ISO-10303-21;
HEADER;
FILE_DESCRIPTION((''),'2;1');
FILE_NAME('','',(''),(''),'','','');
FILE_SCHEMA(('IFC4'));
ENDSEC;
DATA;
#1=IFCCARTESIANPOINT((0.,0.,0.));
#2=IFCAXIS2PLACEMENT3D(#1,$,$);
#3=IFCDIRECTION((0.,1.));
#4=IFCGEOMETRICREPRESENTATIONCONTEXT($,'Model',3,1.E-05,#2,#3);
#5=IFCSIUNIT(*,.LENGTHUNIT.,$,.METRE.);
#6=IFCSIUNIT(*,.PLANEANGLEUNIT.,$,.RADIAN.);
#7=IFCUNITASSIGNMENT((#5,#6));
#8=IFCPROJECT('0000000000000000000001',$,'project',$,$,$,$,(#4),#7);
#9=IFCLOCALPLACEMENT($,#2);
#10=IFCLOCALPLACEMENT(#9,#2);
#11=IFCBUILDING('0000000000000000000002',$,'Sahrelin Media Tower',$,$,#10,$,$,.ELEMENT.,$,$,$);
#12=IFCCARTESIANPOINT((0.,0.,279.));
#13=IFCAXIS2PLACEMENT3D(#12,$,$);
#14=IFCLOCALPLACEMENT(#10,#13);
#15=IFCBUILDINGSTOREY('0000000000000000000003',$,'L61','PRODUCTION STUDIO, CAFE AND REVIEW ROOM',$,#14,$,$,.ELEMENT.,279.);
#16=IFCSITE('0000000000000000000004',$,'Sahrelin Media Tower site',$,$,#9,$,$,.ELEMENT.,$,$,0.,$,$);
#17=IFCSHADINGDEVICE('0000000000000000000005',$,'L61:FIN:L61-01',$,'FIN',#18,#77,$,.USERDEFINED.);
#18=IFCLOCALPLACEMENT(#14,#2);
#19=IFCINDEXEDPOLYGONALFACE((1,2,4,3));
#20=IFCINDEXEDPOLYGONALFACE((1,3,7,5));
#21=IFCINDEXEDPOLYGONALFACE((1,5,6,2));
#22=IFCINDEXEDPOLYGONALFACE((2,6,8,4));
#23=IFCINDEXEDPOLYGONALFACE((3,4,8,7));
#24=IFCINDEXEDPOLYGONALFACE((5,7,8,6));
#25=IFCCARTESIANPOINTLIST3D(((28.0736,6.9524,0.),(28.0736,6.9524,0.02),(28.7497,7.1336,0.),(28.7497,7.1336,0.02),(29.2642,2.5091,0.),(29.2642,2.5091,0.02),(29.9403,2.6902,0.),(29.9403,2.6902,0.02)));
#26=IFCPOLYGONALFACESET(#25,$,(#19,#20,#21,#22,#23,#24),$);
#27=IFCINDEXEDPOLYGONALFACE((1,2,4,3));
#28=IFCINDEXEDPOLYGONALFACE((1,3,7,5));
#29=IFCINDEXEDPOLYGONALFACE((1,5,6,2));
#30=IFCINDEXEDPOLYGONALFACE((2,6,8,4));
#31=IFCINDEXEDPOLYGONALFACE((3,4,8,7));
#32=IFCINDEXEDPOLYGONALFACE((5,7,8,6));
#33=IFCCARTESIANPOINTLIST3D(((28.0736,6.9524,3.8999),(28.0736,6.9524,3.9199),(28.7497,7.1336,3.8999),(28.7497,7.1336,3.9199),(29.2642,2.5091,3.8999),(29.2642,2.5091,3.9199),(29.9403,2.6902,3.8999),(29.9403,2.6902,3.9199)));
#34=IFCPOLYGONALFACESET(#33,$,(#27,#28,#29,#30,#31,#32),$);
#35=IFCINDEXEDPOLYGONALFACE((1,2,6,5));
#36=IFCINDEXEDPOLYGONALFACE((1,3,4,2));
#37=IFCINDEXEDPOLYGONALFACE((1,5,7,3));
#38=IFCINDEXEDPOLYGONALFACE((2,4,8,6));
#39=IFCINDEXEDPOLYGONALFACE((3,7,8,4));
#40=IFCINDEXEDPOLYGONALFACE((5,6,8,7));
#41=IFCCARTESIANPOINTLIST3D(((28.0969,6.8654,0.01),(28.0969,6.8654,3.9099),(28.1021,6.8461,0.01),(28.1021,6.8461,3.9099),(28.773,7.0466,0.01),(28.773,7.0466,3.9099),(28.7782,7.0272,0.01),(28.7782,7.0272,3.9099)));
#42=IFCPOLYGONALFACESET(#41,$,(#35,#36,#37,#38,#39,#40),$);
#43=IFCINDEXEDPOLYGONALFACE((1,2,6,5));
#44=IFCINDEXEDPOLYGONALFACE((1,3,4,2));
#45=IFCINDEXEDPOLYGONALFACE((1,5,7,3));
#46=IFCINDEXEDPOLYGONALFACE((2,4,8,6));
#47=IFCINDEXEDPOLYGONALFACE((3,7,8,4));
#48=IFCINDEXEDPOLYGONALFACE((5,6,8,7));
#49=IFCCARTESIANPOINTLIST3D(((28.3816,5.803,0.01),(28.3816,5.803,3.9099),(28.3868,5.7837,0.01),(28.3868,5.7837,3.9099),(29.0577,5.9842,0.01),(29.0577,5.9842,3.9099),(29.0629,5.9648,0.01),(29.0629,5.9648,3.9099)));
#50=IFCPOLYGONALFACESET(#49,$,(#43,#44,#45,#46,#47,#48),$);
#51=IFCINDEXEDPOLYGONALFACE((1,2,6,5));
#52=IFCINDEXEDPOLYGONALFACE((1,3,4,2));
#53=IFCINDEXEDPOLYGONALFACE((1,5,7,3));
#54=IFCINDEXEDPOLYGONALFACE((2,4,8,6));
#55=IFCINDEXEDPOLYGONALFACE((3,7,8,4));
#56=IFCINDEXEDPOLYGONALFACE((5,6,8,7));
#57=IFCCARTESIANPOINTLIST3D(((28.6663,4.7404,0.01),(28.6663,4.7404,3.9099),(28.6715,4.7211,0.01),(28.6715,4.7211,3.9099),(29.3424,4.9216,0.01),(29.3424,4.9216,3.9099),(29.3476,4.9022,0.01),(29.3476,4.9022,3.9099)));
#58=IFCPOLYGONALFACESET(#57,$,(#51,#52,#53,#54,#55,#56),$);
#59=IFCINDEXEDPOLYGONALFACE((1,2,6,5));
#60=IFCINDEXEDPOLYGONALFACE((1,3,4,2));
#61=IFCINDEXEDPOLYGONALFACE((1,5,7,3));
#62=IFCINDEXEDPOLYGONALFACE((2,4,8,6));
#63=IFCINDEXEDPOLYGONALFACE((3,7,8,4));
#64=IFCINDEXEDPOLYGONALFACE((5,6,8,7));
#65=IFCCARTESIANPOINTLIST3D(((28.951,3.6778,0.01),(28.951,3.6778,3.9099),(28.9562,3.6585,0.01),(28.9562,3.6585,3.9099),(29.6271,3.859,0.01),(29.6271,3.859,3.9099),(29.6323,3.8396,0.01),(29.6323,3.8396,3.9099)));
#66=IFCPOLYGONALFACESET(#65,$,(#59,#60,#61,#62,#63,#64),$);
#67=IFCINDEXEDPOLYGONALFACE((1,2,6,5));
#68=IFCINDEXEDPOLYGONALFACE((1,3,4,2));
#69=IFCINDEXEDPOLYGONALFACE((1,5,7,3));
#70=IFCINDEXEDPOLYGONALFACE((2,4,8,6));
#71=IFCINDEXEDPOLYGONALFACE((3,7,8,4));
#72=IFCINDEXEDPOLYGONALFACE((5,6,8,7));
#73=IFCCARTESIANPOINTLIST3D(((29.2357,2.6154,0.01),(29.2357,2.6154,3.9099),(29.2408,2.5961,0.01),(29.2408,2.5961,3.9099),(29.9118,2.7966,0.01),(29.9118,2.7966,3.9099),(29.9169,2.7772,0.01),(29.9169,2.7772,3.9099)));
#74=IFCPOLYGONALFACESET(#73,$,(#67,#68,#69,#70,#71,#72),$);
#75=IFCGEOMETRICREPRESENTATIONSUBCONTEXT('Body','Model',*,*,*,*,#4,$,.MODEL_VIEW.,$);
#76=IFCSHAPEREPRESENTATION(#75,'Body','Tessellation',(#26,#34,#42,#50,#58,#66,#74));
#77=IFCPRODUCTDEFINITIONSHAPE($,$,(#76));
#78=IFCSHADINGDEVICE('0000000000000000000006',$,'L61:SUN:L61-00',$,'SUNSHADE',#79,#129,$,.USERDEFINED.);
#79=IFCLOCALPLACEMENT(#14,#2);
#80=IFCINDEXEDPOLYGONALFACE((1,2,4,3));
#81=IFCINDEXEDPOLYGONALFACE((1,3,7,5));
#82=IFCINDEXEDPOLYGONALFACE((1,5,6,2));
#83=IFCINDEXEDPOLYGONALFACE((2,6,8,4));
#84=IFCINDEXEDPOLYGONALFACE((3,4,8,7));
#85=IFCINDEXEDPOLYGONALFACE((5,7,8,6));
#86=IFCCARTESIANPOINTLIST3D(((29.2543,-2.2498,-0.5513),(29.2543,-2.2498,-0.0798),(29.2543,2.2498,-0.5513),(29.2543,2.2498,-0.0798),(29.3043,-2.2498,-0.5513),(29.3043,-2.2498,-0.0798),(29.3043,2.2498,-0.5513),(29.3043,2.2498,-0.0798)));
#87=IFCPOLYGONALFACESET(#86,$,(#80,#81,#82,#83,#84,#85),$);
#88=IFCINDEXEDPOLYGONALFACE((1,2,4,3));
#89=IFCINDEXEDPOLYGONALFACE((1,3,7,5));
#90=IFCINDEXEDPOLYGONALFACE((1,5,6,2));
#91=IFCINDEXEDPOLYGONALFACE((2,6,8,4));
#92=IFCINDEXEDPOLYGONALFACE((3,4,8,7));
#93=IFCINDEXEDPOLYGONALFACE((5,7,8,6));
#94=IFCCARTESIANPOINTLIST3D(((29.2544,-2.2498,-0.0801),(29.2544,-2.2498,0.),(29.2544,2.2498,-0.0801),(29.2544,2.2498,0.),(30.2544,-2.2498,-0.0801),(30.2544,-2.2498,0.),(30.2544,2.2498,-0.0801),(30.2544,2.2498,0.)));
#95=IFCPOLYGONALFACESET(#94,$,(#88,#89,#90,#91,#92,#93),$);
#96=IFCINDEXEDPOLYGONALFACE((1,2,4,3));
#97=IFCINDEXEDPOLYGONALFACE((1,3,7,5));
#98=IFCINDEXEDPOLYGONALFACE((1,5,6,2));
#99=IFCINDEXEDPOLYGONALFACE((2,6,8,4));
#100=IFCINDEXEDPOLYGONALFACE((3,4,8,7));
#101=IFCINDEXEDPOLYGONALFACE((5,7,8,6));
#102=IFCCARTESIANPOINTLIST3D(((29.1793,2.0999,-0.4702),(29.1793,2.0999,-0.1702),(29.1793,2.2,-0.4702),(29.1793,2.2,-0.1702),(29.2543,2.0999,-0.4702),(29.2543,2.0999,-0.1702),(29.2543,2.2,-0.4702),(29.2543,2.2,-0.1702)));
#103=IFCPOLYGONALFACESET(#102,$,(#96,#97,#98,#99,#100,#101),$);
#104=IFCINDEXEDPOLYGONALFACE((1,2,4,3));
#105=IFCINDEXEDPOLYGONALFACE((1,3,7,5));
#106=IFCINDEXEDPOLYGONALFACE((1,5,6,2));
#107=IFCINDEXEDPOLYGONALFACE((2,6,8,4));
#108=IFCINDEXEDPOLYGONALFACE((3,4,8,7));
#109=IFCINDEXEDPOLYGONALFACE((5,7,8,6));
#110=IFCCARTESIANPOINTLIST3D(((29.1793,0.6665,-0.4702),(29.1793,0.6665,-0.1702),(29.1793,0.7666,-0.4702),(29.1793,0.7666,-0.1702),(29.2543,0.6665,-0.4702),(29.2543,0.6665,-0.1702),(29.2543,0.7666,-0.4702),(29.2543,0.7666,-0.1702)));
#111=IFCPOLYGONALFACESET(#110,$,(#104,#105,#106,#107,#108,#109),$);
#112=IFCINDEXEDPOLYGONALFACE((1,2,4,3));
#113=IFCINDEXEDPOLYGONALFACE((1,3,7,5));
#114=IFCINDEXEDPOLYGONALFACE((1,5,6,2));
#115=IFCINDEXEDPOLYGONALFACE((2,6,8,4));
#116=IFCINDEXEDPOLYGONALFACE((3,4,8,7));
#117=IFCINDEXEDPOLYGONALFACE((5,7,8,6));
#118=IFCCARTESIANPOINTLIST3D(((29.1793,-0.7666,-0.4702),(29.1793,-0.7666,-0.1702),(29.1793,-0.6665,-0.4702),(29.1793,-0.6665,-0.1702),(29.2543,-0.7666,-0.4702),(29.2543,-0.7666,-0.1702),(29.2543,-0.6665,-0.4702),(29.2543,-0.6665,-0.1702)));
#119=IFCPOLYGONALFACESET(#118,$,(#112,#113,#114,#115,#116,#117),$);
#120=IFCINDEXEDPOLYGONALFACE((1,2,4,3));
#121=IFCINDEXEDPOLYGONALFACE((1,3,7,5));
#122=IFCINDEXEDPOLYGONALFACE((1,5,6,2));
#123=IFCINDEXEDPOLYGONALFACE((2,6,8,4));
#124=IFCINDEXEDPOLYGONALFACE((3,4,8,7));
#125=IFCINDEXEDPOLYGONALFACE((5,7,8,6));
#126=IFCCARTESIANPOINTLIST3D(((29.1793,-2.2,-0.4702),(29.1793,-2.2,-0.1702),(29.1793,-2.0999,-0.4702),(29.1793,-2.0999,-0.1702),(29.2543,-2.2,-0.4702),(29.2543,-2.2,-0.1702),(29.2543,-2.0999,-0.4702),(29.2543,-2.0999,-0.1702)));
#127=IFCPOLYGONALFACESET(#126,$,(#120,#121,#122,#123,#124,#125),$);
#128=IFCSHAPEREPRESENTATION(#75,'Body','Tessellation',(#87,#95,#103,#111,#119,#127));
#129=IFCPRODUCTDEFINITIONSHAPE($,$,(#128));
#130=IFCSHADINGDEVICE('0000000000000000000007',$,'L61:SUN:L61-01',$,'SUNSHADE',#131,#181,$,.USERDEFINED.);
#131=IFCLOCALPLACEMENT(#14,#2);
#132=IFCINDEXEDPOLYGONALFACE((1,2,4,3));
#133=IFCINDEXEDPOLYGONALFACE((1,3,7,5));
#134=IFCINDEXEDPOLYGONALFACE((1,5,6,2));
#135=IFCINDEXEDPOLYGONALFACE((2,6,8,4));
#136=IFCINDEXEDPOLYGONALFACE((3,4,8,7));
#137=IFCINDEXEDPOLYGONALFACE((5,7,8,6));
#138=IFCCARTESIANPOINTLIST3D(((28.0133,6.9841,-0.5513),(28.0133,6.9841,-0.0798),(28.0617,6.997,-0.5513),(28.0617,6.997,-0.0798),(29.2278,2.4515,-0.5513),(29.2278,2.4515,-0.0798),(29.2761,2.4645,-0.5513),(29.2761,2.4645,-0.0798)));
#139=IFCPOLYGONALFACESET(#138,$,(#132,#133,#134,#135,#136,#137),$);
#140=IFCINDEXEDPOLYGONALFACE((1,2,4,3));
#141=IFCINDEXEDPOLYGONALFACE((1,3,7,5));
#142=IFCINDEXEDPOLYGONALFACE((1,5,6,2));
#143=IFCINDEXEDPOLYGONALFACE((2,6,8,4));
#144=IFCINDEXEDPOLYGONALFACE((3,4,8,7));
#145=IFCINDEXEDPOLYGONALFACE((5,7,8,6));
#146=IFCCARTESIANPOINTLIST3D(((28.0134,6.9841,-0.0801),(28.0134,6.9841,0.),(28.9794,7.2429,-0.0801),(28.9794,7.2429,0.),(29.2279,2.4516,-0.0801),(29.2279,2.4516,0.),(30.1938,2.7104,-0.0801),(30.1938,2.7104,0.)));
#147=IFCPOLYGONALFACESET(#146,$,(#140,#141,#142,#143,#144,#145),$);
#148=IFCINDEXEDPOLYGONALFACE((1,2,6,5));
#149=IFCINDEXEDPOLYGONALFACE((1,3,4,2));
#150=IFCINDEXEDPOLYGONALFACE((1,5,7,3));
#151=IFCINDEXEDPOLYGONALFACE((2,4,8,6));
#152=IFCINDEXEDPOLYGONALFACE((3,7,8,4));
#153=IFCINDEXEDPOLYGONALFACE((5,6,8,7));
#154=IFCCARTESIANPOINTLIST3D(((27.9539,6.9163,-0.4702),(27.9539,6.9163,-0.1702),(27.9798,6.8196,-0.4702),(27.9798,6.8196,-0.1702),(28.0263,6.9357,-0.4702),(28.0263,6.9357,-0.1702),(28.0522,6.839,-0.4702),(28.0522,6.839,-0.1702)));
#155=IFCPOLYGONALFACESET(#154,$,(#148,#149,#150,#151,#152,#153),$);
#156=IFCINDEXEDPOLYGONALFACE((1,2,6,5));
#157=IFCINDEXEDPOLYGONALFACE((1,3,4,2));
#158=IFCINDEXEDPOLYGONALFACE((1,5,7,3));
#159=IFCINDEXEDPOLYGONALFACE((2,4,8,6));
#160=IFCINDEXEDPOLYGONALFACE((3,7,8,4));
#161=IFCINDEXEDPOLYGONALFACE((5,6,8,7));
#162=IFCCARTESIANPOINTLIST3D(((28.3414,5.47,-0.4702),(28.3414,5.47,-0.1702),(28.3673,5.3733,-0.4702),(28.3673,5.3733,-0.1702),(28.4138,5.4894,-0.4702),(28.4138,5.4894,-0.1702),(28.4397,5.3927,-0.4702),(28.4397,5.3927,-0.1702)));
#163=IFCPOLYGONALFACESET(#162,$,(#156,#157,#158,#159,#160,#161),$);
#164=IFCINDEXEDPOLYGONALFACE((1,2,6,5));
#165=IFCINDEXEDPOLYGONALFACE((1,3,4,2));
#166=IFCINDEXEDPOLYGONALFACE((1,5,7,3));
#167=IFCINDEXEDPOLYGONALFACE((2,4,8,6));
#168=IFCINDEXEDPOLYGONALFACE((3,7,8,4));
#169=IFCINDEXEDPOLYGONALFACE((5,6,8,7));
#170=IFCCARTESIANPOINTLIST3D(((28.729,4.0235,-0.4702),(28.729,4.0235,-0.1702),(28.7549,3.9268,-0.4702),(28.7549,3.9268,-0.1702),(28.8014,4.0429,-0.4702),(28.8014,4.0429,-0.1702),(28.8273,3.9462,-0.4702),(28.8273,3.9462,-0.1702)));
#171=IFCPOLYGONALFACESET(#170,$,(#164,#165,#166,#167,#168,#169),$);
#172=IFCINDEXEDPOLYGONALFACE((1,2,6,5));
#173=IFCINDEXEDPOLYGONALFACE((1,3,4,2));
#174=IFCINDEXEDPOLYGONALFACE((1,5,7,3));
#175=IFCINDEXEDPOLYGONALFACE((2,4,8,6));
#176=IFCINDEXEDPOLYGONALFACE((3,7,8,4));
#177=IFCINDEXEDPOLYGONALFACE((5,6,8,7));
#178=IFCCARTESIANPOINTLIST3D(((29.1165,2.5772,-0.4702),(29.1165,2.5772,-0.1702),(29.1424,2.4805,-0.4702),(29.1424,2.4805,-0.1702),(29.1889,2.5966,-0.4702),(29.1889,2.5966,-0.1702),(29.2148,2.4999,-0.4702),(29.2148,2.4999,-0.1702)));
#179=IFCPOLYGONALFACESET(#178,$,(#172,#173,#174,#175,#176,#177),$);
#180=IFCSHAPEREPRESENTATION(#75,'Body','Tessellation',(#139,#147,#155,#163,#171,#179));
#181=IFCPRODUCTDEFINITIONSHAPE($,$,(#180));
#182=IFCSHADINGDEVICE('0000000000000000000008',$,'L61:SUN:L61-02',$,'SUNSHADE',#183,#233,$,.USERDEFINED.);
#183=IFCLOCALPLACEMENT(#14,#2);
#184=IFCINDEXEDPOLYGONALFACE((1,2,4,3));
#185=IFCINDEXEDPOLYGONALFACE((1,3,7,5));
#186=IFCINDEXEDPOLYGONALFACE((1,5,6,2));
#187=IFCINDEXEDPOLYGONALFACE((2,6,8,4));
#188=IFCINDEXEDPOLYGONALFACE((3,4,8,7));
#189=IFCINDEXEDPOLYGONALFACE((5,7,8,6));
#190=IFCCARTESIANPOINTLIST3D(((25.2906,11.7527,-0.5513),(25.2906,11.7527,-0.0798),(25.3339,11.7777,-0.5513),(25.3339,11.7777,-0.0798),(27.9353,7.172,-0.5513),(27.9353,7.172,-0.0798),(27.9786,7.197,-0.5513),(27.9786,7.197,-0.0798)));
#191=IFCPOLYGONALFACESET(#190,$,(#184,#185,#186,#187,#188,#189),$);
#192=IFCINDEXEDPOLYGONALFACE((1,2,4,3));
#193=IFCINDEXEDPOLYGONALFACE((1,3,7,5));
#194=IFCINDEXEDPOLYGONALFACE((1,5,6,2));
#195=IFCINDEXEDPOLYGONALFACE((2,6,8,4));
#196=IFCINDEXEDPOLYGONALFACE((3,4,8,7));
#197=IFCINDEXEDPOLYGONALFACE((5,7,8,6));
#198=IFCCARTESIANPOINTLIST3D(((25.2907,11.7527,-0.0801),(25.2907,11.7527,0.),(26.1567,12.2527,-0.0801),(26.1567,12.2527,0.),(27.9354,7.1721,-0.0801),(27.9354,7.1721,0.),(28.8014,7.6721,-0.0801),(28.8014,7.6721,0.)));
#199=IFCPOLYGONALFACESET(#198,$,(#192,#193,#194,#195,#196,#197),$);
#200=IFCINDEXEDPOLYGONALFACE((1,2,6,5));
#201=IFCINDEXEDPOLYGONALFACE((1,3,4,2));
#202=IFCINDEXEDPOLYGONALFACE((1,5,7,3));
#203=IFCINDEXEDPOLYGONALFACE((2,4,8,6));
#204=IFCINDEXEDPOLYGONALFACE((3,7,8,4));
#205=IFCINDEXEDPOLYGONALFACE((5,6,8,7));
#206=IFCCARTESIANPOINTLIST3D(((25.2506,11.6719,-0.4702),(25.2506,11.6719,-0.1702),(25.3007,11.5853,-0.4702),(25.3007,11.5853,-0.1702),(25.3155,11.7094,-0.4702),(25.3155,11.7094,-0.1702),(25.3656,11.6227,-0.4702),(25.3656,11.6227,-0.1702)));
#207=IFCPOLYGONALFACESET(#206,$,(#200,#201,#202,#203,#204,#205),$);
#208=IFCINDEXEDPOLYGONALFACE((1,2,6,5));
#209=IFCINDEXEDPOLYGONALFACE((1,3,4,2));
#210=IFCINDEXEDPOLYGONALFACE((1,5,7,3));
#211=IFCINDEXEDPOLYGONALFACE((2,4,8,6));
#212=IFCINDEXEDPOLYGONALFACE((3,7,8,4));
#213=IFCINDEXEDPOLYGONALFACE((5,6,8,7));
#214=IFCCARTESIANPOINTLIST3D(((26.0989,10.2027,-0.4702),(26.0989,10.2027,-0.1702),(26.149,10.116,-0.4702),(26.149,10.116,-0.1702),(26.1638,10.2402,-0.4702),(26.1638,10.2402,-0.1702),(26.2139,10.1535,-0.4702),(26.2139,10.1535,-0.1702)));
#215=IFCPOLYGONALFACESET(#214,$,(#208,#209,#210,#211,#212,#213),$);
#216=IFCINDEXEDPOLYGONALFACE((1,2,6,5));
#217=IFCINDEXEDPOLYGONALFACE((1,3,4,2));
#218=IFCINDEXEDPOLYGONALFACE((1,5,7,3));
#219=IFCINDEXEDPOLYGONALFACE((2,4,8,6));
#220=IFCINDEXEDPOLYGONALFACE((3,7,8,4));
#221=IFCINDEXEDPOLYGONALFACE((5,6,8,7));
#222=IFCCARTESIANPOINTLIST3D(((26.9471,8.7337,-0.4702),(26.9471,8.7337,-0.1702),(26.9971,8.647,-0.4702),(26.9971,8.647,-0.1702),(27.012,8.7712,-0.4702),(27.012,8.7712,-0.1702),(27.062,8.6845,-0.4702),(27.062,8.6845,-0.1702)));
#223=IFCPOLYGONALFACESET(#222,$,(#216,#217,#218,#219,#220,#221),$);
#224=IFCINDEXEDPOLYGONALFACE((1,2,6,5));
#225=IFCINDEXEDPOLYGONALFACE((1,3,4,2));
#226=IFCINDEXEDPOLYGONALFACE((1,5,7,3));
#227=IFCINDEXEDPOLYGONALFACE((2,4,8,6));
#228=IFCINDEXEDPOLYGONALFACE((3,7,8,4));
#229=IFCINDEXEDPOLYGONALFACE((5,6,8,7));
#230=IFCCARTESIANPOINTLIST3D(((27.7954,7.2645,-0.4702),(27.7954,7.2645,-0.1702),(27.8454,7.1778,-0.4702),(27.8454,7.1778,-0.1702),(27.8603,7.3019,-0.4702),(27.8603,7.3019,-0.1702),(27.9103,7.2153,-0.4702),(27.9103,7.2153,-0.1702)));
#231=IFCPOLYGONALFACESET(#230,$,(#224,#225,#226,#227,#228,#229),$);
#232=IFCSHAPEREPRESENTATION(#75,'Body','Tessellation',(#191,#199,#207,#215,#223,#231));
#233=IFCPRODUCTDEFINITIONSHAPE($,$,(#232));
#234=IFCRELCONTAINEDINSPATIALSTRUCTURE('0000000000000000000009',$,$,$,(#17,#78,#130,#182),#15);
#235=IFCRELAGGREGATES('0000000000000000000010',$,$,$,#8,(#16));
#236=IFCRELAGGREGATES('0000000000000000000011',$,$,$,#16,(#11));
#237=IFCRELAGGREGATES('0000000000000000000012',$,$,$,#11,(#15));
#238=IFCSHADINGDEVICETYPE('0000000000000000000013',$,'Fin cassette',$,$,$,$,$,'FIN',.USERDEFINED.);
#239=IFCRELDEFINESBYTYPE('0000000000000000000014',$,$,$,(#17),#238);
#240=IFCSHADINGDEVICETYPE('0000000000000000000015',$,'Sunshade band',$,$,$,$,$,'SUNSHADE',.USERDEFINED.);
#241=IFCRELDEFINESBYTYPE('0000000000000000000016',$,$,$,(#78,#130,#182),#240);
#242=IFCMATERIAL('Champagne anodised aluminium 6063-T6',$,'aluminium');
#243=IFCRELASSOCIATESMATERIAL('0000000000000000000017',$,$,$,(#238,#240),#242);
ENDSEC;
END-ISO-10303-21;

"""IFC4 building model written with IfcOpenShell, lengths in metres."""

from ifc_helpers import new_model, si_unit, direction, frame, origin, origin_2d, place, context, subcontext, project, spatial, rectangle, extrude, material, type_object, element, save


model = new_model("IFC4")

# Units and contexts
model_context = context("Model", 3, precision=1e-05, world=origin(), true_north=direction((0.0, 1.0)))
body_context = subcontext(model_context, "Body", "Model", "MODEL_VIEW")
ifc_project = project(units=[si_unit("LENGTHUNIT", "METRE"), si_unit("PLANEANGLEUNIT", "RADIAN")], contexts=[model_context])

# Site, building, storey
site_placement = place(None, origin())
site = spatial("IfcSite", under=ifc_project, at=site_placement, Name="Sahrelin Media Tower site", CompositionType="ELEMENT", RefElevation=0.0)
building_placement = place(site_placement, origin())
building = spatial("IfcBuilding", under=site, at=building_placement, Name="Sahrelin Media Tower", CompositionType="ELEMENT")
storey_placement = place(building_placement, frame((0.0, 0.0, 279.0)))
storey = spatial("IfcBuildingStorey", under=building, at=storey_placement, Name="L61", Description="PRODUCTION STUDIO, CAFE AND REVIEW ROOM", CompositionType="ELEMENT", Elevation=279.0)

# Shared definitions
ifc_material_1 = material(Name="Champagne anodised aluminium 6063-T6", Category="aluminium")

# Shading devices
shading_device_type_1 = type_object("IfcShadingDeviceType", Name="Fin cassette", ElementType="FIN", PredefinedType="USERDEFINED", material=ifc_material_1)
placement_1 = place(storey_placement, frame((29.2344, 0.0, 0.0), z_axis=(0.0, 0.0, 1.0), x_axis=(0.0, -1.0, 0.0)))
placement_2 = place(storey_placement, frame((28.6013, 4.7126, 0.0), z_axis=(0.0, 0.0, 1.0), x_axis=(0.258808, -0.965929, 0.0)))
element("IfcShadingDevice", 1, at=placement_2, inside=storey, type_object=shading_device_type_1, Name="L61:FIN:L61-01", ObjectType="FIN", PredefinedType="USERDEFINED", context=body_context, shape_type="SweptSolid", body=[
    extrude(rectangle(XDim=4.6001, YDim=0.7, at=origin_2d()), frame((0.0, 0.4199, 0.0)), (0.0, 0.0, 1.0), 0.02),
    extrude(rectangle(XDim=4.6001, YDim=0.7, at=origin_2d()), frame((0.0, 0.4199, 3.8999)), (0.0, 0.0, 1.0), 0.02),
    extrude(rectangle(XDim=0.02, YDim=0.7, at=origin_2d()), frame((-2.2, 0.4199, 0.01), z_axis=(0.0, 0.0, 1.0), x_axis=(1.0, 0.0, 0.0)), (0.0, 0.0, 1.0), 3.8999),
    extrude(rectangle(XDim=0.02, YDim=0.7, at=origin_2d()), frame((-1.1001, 0.4199, 0.01), z_axis=(0.0, 0.0, 1.0), x_axis=(1.0, 0.0, 0.0)), (0.0, 0.0, 1.0), 3.8999),
    extrude(rectangle(XDim=0.02, YDim=0.7, at=origin_2d()), frame((0.0, 0.4199, 0.01), z_axis=(0.0, 0.0, 1.0), x_axis=(1.0, 0.0, 0.0)), (0.0, 0.0, 1.0), 3.8999),
    extrude(rectangle(XDim=0.02, YDim=0.7, at=origin_2d()), frame((1.1001, 0.4199, 0.01), z_axis=(0.0, 0.0, 1.0), x_axis=(1.0, 0.0, 0.0)), (0.0, 0.0, 1.0), 3.8999),
    extrude(rectangle(XDim=0.02, YDim=0.7, at=origin_2d()), frame((2.2, 0.4199, 0.01), z_axis=(0.0, 0.0, 1.0), x_axis=(1.0, 0.0, 0.0)), (0.0, 0.0, 1.0), 3.8999),
])
shading_device_type_2 = type_object("IfcShadingDeviceType", Name="Sunshade band", ElementType="SUNSHADE", PredefinedType="USERDEFINED", material=ifc_material_1)
element("IfcShadingDevice", 2, at=placement_1, inside=storey, type_object=shading_device_type_2, Name="L61:SUN:L61-00", ObjectType="SUNSHADE", PredefinedType="USERDEFINED", context=body_context, shape_type="SweptSolid", body=[
    extrude(rectangle(XDim=4.4995, YDim=0.05, at=origin_2d()), frame((0.0, 0.0449, -0.5513)), (0.0, 0.0, 1.0), 0.4714),
    extrude(rectangle(XDim=4.4995, YDim=1.0, at=origin_2d()), frame((0.0, 0.52, -0.0801)), (0.0, 0.0, 1.0), 0.0801),
    extrude(rectangle(XDim=0.1001, YDim=0.075, at=origin_2d()), frame((-2.1499, -0.0176, -0.4702)), (0.0, 0.0, 1.0), 0.3),
    extrude(rectangle(XDim=0.1001, YDim=0.075, at=origin_2d()), frame((-0.7166, -0.0176, -0.4702)), (0.0, 0.0, 1.0), 0.3),
    extrude(rectangle(XDim=0.1001, YDim=0.075, at=origin_2d()), frame((0.7166, -0.0176, -0.4702)), (0.0, 0.0, 1.0), 0.3),
    extrude(rectangle(XDim=0.1001, YDim=0.075, at=origin_2d()), frame((2.1499, -0.0176, -0.4702)), (0.0, 0.0, 1.0), 0.3),
])
element("IfcShadingDevice", 3, at=placement_2, inside=storey, type_object=shading_device_type_2, Name="L61:SUN:L61-01", ObjectType="SUNSHADE", PredefinedType="USERDEFINED", context=body_context, shape_type="SweptSolid", body=[
    extrude(rectangle(XDim=4.6924, YDim=0.05, at=origin_2d()), frame((0.0, 0.0449, -0.5513)), (0.0, 0.0, 1.0), 0.4714),
    extrude(rectangle(XDim=4.6924, YDim=1.0, at=origin_2d()), frame((0.0, 0.52, -0.0801)), (0.0, 0.0, 1.0), 0.0801),
    extrude(rectangle(XDim=0.1001, YDim=0.075, at=origin_2d()), frame((-2.2461, -0.0176, -0.4702)), (0.0, 0.0, 1.0), 0.3),
    extrude(rectangle(XDim=0.1001, YDim=0.075, at=origin_2d()), frame((-0.7488, -0.0176, -0.4702)), (0.0, 0.0, 1.0), 0.3),
    extrude(rectangle(XDim=0.1001, YDim=0.075, at=origin_2d()), frame((0.7488, -0.0176, -0.4702)), (0.0, 0.0, 1.0), 0.3),
    extrude(rectangle(XDim=0.1001, YDim=0.075, at=origin_2d()), frame((2.2461, -0.0176, -0.4702)), (0.0, 0.0, 1.0), 0.3),
])
shading_device_1_placement = place(storey_placement, frame((26.5957, 9.4524, 0.0), z_axis=(0.0, 0.0, 1.0), x_axis=(0.500011, -0.866019, 0.0)))
element("IfcShadingDevice", 4, at=shading_device_1_placement, inside=storey, type_object=shading_device_type_2, Name="L61:SUN:L61-02", ObjectType="SUNSHADE", PredefinedType="USERDEFINED", context=body_context, shape_type="SweptSolid", body=[
    extrude(rectangle(XDim=5.2893, YDim=0.05, at=origin_2d()), frame((0.0, 0.0449, -0.5513)), (0.0, 0.0, 1.0), 0.4714),
    extrude(rectangle(XDim=5.2893, YDim=1.0, at=origin_2d()), frame((0.0, 0.52, -0.0801)), (0.0, 0.0, 1.0), 0.0801),
    extrude(rectangle(XDim=0.1001, YDim=0.075, at=origin_2d()), frame((-2.5447, -0.0176, -0.4702)), (0.0, 0.0, 1.0), 0.3),
    extrude(rectangle(XDim=0.1001, YDim=0.075, at=origin_2d()), frame((-0.8481, -0.0176, -0.4702)), (0.0, 0.0, 1.0), 0.3),
    extrude(rectangle(XDim=0.1001, YDim=0.075, at=origin_2d()), frame((0.8481, -0.0176, -0.4702)), (0.0, 0.0, 1.0), 0.3),
    extrude(rectangle(XDim=0.1001, YDim=0.075, at=origin_2d()), frame((2.5447, -0.0176, -0.4702)), (0.0, 0.0, 1.0), 0.3),
])

save(model, "model.ifc")
